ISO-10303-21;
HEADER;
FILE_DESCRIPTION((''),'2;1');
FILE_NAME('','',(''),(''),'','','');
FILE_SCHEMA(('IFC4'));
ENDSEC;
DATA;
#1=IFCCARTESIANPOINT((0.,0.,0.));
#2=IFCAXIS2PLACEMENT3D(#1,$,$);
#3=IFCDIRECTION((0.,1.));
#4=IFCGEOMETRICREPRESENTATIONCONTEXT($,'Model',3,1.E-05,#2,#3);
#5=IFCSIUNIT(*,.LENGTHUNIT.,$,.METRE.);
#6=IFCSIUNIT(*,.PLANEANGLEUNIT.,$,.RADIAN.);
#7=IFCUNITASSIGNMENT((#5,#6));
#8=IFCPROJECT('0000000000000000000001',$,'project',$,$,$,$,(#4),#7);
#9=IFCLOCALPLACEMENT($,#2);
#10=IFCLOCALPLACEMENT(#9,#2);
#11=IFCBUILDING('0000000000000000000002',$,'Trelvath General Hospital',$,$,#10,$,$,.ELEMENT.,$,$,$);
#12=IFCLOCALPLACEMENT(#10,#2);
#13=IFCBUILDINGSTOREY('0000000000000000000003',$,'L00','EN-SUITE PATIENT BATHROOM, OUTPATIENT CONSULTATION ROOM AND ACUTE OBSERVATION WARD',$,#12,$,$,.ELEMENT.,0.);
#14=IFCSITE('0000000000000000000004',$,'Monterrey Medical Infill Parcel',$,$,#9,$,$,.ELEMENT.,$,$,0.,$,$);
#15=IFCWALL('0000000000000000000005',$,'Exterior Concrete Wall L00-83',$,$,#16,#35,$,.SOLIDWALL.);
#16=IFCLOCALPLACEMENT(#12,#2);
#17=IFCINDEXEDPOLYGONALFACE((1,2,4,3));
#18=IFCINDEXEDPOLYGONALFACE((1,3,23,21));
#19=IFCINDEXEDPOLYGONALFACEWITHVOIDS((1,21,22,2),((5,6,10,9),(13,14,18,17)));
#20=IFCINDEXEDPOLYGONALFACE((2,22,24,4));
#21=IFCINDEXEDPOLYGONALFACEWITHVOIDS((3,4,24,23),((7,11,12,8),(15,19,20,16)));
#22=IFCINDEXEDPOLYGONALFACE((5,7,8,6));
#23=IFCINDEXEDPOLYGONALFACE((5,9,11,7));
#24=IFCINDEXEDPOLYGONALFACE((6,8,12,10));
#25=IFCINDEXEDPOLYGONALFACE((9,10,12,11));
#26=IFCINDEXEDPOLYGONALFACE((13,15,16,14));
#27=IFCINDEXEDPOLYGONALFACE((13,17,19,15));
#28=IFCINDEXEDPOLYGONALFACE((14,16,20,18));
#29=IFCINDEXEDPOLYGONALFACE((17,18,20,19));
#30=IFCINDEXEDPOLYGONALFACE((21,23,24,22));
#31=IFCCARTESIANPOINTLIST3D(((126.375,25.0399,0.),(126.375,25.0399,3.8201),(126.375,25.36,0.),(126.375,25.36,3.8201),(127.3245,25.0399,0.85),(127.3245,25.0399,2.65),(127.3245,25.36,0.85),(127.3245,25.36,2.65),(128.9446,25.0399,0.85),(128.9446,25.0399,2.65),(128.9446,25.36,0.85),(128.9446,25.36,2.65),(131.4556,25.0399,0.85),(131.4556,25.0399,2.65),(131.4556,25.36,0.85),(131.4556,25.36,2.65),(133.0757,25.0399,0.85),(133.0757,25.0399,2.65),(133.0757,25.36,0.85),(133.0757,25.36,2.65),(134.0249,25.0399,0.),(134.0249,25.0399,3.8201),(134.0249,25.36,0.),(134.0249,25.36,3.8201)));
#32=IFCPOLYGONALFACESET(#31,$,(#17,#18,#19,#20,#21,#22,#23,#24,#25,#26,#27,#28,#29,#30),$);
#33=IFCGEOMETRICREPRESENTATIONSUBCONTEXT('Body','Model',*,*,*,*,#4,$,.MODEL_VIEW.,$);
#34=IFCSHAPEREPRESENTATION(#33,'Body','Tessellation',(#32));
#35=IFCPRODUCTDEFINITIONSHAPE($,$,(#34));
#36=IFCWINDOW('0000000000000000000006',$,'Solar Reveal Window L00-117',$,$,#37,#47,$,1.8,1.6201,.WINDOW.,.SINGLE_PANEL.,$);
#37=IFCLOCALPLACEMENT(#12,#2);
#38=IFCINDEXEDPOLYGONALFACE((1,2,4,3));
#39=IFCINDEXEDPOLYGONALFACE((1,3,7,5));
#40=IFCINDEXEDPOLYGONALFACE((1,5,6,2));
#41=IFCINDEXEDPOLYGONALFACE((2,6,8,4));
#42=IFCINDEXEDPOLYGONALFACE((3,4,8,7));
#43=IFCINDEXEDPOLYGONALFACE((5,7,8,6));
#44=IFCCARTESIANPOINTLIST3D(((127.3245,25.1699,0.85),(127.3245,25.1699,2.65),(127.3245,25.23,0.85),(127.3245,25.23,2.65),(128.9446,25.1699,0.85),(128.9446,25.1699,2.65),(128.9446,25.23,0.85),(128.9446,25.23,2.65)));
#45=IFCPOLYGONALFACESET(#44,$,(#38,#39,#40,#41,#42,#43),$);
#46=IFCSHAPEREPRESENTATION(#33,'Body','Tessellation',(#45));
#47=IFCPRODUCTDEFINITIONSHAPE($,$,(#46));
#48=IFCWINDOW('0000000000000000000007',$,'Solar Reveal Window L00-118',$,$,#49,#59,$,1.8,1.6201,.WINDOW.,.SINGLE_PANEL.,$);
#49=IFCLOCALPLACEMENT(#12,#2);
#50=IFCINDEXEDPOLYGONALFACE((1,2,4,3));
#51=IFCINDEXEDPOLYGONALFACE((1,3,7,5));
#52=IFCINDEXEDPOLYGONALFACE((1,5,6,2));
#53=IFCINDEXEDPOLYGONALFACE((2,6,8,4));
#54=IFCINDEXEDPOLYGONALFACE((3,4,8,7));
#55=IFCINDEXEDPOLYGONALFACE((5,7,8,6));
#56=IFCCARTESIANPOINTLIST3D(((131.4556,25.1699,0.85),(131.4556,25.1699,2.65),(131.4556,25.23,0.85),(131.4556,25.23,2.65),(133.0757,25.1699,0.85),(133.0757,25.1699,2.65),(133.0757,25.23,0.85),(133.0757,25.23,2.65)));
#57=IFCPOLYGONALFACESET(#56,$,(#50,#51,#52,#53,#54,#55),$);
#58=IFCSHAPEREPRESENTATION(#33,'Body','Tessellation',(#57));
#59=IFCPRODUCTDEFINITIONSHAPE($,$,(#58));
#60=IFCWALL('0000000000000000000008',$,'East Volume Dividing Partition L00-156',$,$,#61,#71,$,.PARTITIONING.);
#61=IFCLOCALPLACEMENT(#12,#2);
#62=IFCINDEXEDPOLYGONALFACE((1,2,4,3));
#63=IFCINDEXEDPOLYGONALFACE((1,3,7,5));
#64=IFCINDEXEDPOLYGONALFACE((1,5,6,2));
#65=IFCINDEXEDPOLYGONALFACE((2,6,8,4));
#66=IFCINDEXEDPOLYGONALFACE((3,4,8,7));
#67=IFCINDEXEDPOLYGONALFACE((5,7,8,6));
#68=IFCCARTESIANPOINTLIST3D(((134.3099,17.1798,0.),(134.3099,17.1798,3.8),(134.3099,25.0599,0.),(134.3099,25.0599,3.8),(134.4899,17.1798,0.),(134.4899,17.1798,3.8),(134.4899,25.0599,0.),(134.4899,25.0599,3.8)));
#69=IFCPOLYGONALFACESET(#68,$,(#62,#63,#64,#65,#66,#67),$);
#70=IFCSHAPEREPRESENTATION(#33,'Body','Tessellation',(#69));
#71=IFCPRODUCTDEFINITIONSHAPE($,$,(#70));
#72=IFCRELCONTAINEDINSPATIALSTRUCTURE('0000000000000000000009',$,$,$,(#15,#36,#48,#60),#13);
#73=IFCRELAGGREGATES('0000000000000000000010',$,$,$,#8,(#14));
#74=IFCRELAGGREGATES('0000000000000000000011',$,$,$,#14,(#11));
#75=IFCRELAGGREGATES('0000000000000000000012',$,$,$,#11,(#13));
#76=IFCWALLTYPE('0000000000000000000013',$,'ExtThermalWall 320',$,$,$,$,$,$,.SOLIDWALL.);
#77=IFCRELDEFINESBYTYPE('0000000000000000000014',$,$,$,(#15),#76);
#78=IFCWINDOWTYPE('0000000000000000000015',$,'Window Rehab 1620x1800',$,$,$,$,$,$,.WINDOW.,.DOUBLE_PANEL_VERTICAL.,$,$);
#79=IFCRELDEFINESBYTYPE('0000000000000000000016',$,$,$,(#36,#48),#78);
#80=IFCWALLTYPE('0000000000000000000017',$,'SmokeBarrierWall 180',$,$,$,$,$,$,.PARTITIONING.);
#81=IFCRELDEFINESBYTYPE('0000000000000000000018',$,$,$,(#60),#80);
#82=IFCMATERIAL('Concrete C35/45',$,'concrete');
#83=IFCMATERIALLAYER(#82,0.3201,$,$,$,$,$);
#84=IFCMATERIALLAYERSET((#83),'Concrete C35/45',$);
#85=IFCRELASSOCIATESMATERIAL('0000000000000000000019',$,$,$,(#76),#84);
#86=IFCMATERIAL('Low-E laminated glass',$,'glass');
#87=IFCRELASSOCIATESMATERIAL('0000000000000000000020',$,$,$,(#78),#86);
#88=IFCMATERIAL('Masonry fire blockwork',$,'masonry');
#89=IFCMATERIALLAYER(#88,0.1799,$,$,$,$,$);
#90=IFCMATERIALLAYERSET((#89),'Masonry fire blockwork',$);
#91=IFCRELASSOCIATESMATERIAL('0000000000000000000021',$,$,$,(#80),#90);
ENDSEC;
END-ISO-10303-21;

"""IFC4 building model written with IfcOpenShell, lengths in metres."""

from ifc_helpers import new_model, si_unit, direction, frame, frame_2d, origin, place, context, subcontext, project, spatial, rectangle, extrude, material, layer, layer_set, type_object, element, fill, save


model = new_model("IFC4")

# Units and contexts
model_context = context("Model", 3, precision=1e-05, world=origin(), true_north=direction((0.0, 1.0)))
body_context = subcontext(model_context, "Body", "Model", "MODEL_VIEW")
ifc_project = project(units=[si_unit("LENGTHUNIT", "METRE"), si_unit("PLANEANGLEUNIT", "RADIAN")], contexts=[model_context])

# Site, building, storey
site_placement = place(None, origin())
site = spatial("IfcSite", under=ifc_project, at=site_placement, Name="Monterrey Medical Infill Parcel", CompositionType="ELEMENT", RefElevation=0.0)
building_placement = place(site_placement, origin())
building = spatial("IfcBuilding", under=site, at=building_placement, Name="Trelvath General Hospital", CompositionType="ELEMENT")
storey_placement = place(building_placement, origin())
storey = spatial("IfcBuildingStorey", under=building, at=storey_placement, Name="L00", Description="EN-SUITE PATIENT BATHROOM, OUTPATIENT CONSULTATION ROOM AND ACUTE OBSERVATION WARD", CompositionType="ELEMENT", Elevation=0.0)

# Wall, openings, windows
ifc_material_1 = material(Name="Concrete C35/45", Category="concrete")
ifc_layer_1 = layer(ifc_material_1, 0.3201)
ifc_layer_set_1 = layer_set([ifc_layer_1], Name="Concrete C35/45")
wall_type_1 = type_object("IfcWallType", Name="ExtThermalWall 320", PredefinedType="SOLIDWALL", material=ifc_layer_set_1)
wall_1_placement = place(storey_placement, frame((126.375, 25.2, 0.0), z_axis=(0.0, 0.0, 1.0), x_axis=(1.0, 0.0, 0.0)))
wall_1 = element("IfcWall", 1, at=wall_1_placement, inside=storey, type_object=wall_type_1, Name="Exterior Concrete Wall L00-83", PredefinedType="SOLIDWALL", context=body_context, shape_type="SweptSolid", body=[
    extrude(rectangle(XDim=7.6499, YDim=0.3201, at=frame_2d((3.825, 0.0))), origin(), (0.0, 0.0, 1.0), 3.8201),
])
opening_1_placement = place(wall_1_placement, frame((0.9495, 0.0, 0.8501)))
opening_1 = element("IfcOpeningElement", 2, at=opening_1_placement, cuts=wall_1, PredefinedType="OPENING", context=body_context, shape_type="SweptSolid", body=[
    extrude(rectangle(XDim=1.6201, YDim=1.8, at=frame_2d((0.8101, 0.8999))), frame((0.0, 0.1699, 0.0), z_axis=(0.0, -1.0, 0.0), x_axis=(1.0, 0.0, 0.0)), (0.0, 0.0, 1.0), 0.3401),
])
opening_2_placement = place(wall_1_placement, frame((5.0806, 0.0, 0.8501)))
opening_2 = element("IfcOpeningElement", 3, at=opening_2_placement, cuts=wall_1, PredefinedType="OPENING", context=body_context, shape_type="SweptSolid", body=[
    extrude(rectangle(XDim=1.6201, YDim=1.8, at=frame_2d((0.8101, 0.8999))), frame((0.0, 0.1699, 0.0), z_axis=(0.0, -1.0, 0.0), x_axis=(1.0, 0.0, 0.0)), (0.0, 0.0, 1.0), 0.3401),
])
ifc_material_2 = material(Name="Low-E laminated glass", Category="glass")
window_type = type_object("IfcWindowType", Name="Window Rehab 1620x1800", PartitioningType="DOUBLE_PANEL_VERTICAL", PredefinedType="WINDOW", material=ifc_material_2)
window_1_placement = place(opening_1_placement, origin())
window_1 = element("IfcWindow", 4, at=window_1_placement, inside=storey, type_object=window_type, Name="Solar Reveal Window L00-117", OverallHeight=1.8, OverallWidth=1.6201, PartitioningType="SINGLE_PANEL", PredefinedType="WINDOW", context=body_context, shape_type="SweptSolid", body=[
    extrude(rectangle(XDim=1.6201, YDim=1.8, at=frame_2d((0.8101, 0.8999))), frame((0.0, 0.03, 0.0), z_axis=(0.0, -1.0, 0.0), x_axis=(1.0, 0.0, 0.0)), (0.0, 0.0, 1.0), 0.0601),
])
fill(opening_1, window_1)
window_2_placement = place(opening_2_placement, origin())
window_2 = element("IfcWindow", 5, at=window_2_placement, inside=storey, type_object=window_type, Name="Solar Reveal Window L00-118", OverallHeight=1.8, OverallWidth=1.6201, PartitioningType="SINGLE_PANEL", PredefinedType="WINDOW", context=body_context, shape_type="SweptSolid", body=[
    extrude(rectangle(XDim=1.6201, YDim=1.8, at=frame_2d((0.8101, 0.8999))), frame((0.0, 0.03, 0.0), z_axis=(0.0, -1.0, 0.0), x_axis=(1.0, 0.0, 0.0)), (0.0, 0.0, 1.0), 0.0601),
])
fill(opening_2, window_2)

# Wall
ifc_material_3 = material(Name="Masonry fire blockwork", Category="masonry")
ifc_layer_2 = layer(ifc_material_3, 0.1799)
ifc_layer_set_2 = layer_set([ifc_layer_2], Name="Masonry fire blockwork")
wall_type_2 = type_object("IfcWallType", Name="SmokeBarrierWall 180", PredefinedType="PARTITIONING", material=ifc_layer_set_2)
wall_2_placement = place(storey_placement, frame((134.3999, 17.1799, 0.0), z_axis=(0.0, 0.0, 1.0), x_axis=(0.0, 1.0, 0.0)))
element("IfcWall", 6, at=wall_2_placement, inside=storey, type_object=wall_type_2, Name="East Volume Dividing Partition L00-156", PredefinedType="PARTITIONING", context=body_context, shape_type="SweptSolid", body=[
    extrude(rectangle(XDim=7.8801, YDim=0.1799, at=frame_2d((3.9399, 0.0))), origin(), (0.0, 0.0, 1.0), 3.8),
])

save(model, "model.ifc")
